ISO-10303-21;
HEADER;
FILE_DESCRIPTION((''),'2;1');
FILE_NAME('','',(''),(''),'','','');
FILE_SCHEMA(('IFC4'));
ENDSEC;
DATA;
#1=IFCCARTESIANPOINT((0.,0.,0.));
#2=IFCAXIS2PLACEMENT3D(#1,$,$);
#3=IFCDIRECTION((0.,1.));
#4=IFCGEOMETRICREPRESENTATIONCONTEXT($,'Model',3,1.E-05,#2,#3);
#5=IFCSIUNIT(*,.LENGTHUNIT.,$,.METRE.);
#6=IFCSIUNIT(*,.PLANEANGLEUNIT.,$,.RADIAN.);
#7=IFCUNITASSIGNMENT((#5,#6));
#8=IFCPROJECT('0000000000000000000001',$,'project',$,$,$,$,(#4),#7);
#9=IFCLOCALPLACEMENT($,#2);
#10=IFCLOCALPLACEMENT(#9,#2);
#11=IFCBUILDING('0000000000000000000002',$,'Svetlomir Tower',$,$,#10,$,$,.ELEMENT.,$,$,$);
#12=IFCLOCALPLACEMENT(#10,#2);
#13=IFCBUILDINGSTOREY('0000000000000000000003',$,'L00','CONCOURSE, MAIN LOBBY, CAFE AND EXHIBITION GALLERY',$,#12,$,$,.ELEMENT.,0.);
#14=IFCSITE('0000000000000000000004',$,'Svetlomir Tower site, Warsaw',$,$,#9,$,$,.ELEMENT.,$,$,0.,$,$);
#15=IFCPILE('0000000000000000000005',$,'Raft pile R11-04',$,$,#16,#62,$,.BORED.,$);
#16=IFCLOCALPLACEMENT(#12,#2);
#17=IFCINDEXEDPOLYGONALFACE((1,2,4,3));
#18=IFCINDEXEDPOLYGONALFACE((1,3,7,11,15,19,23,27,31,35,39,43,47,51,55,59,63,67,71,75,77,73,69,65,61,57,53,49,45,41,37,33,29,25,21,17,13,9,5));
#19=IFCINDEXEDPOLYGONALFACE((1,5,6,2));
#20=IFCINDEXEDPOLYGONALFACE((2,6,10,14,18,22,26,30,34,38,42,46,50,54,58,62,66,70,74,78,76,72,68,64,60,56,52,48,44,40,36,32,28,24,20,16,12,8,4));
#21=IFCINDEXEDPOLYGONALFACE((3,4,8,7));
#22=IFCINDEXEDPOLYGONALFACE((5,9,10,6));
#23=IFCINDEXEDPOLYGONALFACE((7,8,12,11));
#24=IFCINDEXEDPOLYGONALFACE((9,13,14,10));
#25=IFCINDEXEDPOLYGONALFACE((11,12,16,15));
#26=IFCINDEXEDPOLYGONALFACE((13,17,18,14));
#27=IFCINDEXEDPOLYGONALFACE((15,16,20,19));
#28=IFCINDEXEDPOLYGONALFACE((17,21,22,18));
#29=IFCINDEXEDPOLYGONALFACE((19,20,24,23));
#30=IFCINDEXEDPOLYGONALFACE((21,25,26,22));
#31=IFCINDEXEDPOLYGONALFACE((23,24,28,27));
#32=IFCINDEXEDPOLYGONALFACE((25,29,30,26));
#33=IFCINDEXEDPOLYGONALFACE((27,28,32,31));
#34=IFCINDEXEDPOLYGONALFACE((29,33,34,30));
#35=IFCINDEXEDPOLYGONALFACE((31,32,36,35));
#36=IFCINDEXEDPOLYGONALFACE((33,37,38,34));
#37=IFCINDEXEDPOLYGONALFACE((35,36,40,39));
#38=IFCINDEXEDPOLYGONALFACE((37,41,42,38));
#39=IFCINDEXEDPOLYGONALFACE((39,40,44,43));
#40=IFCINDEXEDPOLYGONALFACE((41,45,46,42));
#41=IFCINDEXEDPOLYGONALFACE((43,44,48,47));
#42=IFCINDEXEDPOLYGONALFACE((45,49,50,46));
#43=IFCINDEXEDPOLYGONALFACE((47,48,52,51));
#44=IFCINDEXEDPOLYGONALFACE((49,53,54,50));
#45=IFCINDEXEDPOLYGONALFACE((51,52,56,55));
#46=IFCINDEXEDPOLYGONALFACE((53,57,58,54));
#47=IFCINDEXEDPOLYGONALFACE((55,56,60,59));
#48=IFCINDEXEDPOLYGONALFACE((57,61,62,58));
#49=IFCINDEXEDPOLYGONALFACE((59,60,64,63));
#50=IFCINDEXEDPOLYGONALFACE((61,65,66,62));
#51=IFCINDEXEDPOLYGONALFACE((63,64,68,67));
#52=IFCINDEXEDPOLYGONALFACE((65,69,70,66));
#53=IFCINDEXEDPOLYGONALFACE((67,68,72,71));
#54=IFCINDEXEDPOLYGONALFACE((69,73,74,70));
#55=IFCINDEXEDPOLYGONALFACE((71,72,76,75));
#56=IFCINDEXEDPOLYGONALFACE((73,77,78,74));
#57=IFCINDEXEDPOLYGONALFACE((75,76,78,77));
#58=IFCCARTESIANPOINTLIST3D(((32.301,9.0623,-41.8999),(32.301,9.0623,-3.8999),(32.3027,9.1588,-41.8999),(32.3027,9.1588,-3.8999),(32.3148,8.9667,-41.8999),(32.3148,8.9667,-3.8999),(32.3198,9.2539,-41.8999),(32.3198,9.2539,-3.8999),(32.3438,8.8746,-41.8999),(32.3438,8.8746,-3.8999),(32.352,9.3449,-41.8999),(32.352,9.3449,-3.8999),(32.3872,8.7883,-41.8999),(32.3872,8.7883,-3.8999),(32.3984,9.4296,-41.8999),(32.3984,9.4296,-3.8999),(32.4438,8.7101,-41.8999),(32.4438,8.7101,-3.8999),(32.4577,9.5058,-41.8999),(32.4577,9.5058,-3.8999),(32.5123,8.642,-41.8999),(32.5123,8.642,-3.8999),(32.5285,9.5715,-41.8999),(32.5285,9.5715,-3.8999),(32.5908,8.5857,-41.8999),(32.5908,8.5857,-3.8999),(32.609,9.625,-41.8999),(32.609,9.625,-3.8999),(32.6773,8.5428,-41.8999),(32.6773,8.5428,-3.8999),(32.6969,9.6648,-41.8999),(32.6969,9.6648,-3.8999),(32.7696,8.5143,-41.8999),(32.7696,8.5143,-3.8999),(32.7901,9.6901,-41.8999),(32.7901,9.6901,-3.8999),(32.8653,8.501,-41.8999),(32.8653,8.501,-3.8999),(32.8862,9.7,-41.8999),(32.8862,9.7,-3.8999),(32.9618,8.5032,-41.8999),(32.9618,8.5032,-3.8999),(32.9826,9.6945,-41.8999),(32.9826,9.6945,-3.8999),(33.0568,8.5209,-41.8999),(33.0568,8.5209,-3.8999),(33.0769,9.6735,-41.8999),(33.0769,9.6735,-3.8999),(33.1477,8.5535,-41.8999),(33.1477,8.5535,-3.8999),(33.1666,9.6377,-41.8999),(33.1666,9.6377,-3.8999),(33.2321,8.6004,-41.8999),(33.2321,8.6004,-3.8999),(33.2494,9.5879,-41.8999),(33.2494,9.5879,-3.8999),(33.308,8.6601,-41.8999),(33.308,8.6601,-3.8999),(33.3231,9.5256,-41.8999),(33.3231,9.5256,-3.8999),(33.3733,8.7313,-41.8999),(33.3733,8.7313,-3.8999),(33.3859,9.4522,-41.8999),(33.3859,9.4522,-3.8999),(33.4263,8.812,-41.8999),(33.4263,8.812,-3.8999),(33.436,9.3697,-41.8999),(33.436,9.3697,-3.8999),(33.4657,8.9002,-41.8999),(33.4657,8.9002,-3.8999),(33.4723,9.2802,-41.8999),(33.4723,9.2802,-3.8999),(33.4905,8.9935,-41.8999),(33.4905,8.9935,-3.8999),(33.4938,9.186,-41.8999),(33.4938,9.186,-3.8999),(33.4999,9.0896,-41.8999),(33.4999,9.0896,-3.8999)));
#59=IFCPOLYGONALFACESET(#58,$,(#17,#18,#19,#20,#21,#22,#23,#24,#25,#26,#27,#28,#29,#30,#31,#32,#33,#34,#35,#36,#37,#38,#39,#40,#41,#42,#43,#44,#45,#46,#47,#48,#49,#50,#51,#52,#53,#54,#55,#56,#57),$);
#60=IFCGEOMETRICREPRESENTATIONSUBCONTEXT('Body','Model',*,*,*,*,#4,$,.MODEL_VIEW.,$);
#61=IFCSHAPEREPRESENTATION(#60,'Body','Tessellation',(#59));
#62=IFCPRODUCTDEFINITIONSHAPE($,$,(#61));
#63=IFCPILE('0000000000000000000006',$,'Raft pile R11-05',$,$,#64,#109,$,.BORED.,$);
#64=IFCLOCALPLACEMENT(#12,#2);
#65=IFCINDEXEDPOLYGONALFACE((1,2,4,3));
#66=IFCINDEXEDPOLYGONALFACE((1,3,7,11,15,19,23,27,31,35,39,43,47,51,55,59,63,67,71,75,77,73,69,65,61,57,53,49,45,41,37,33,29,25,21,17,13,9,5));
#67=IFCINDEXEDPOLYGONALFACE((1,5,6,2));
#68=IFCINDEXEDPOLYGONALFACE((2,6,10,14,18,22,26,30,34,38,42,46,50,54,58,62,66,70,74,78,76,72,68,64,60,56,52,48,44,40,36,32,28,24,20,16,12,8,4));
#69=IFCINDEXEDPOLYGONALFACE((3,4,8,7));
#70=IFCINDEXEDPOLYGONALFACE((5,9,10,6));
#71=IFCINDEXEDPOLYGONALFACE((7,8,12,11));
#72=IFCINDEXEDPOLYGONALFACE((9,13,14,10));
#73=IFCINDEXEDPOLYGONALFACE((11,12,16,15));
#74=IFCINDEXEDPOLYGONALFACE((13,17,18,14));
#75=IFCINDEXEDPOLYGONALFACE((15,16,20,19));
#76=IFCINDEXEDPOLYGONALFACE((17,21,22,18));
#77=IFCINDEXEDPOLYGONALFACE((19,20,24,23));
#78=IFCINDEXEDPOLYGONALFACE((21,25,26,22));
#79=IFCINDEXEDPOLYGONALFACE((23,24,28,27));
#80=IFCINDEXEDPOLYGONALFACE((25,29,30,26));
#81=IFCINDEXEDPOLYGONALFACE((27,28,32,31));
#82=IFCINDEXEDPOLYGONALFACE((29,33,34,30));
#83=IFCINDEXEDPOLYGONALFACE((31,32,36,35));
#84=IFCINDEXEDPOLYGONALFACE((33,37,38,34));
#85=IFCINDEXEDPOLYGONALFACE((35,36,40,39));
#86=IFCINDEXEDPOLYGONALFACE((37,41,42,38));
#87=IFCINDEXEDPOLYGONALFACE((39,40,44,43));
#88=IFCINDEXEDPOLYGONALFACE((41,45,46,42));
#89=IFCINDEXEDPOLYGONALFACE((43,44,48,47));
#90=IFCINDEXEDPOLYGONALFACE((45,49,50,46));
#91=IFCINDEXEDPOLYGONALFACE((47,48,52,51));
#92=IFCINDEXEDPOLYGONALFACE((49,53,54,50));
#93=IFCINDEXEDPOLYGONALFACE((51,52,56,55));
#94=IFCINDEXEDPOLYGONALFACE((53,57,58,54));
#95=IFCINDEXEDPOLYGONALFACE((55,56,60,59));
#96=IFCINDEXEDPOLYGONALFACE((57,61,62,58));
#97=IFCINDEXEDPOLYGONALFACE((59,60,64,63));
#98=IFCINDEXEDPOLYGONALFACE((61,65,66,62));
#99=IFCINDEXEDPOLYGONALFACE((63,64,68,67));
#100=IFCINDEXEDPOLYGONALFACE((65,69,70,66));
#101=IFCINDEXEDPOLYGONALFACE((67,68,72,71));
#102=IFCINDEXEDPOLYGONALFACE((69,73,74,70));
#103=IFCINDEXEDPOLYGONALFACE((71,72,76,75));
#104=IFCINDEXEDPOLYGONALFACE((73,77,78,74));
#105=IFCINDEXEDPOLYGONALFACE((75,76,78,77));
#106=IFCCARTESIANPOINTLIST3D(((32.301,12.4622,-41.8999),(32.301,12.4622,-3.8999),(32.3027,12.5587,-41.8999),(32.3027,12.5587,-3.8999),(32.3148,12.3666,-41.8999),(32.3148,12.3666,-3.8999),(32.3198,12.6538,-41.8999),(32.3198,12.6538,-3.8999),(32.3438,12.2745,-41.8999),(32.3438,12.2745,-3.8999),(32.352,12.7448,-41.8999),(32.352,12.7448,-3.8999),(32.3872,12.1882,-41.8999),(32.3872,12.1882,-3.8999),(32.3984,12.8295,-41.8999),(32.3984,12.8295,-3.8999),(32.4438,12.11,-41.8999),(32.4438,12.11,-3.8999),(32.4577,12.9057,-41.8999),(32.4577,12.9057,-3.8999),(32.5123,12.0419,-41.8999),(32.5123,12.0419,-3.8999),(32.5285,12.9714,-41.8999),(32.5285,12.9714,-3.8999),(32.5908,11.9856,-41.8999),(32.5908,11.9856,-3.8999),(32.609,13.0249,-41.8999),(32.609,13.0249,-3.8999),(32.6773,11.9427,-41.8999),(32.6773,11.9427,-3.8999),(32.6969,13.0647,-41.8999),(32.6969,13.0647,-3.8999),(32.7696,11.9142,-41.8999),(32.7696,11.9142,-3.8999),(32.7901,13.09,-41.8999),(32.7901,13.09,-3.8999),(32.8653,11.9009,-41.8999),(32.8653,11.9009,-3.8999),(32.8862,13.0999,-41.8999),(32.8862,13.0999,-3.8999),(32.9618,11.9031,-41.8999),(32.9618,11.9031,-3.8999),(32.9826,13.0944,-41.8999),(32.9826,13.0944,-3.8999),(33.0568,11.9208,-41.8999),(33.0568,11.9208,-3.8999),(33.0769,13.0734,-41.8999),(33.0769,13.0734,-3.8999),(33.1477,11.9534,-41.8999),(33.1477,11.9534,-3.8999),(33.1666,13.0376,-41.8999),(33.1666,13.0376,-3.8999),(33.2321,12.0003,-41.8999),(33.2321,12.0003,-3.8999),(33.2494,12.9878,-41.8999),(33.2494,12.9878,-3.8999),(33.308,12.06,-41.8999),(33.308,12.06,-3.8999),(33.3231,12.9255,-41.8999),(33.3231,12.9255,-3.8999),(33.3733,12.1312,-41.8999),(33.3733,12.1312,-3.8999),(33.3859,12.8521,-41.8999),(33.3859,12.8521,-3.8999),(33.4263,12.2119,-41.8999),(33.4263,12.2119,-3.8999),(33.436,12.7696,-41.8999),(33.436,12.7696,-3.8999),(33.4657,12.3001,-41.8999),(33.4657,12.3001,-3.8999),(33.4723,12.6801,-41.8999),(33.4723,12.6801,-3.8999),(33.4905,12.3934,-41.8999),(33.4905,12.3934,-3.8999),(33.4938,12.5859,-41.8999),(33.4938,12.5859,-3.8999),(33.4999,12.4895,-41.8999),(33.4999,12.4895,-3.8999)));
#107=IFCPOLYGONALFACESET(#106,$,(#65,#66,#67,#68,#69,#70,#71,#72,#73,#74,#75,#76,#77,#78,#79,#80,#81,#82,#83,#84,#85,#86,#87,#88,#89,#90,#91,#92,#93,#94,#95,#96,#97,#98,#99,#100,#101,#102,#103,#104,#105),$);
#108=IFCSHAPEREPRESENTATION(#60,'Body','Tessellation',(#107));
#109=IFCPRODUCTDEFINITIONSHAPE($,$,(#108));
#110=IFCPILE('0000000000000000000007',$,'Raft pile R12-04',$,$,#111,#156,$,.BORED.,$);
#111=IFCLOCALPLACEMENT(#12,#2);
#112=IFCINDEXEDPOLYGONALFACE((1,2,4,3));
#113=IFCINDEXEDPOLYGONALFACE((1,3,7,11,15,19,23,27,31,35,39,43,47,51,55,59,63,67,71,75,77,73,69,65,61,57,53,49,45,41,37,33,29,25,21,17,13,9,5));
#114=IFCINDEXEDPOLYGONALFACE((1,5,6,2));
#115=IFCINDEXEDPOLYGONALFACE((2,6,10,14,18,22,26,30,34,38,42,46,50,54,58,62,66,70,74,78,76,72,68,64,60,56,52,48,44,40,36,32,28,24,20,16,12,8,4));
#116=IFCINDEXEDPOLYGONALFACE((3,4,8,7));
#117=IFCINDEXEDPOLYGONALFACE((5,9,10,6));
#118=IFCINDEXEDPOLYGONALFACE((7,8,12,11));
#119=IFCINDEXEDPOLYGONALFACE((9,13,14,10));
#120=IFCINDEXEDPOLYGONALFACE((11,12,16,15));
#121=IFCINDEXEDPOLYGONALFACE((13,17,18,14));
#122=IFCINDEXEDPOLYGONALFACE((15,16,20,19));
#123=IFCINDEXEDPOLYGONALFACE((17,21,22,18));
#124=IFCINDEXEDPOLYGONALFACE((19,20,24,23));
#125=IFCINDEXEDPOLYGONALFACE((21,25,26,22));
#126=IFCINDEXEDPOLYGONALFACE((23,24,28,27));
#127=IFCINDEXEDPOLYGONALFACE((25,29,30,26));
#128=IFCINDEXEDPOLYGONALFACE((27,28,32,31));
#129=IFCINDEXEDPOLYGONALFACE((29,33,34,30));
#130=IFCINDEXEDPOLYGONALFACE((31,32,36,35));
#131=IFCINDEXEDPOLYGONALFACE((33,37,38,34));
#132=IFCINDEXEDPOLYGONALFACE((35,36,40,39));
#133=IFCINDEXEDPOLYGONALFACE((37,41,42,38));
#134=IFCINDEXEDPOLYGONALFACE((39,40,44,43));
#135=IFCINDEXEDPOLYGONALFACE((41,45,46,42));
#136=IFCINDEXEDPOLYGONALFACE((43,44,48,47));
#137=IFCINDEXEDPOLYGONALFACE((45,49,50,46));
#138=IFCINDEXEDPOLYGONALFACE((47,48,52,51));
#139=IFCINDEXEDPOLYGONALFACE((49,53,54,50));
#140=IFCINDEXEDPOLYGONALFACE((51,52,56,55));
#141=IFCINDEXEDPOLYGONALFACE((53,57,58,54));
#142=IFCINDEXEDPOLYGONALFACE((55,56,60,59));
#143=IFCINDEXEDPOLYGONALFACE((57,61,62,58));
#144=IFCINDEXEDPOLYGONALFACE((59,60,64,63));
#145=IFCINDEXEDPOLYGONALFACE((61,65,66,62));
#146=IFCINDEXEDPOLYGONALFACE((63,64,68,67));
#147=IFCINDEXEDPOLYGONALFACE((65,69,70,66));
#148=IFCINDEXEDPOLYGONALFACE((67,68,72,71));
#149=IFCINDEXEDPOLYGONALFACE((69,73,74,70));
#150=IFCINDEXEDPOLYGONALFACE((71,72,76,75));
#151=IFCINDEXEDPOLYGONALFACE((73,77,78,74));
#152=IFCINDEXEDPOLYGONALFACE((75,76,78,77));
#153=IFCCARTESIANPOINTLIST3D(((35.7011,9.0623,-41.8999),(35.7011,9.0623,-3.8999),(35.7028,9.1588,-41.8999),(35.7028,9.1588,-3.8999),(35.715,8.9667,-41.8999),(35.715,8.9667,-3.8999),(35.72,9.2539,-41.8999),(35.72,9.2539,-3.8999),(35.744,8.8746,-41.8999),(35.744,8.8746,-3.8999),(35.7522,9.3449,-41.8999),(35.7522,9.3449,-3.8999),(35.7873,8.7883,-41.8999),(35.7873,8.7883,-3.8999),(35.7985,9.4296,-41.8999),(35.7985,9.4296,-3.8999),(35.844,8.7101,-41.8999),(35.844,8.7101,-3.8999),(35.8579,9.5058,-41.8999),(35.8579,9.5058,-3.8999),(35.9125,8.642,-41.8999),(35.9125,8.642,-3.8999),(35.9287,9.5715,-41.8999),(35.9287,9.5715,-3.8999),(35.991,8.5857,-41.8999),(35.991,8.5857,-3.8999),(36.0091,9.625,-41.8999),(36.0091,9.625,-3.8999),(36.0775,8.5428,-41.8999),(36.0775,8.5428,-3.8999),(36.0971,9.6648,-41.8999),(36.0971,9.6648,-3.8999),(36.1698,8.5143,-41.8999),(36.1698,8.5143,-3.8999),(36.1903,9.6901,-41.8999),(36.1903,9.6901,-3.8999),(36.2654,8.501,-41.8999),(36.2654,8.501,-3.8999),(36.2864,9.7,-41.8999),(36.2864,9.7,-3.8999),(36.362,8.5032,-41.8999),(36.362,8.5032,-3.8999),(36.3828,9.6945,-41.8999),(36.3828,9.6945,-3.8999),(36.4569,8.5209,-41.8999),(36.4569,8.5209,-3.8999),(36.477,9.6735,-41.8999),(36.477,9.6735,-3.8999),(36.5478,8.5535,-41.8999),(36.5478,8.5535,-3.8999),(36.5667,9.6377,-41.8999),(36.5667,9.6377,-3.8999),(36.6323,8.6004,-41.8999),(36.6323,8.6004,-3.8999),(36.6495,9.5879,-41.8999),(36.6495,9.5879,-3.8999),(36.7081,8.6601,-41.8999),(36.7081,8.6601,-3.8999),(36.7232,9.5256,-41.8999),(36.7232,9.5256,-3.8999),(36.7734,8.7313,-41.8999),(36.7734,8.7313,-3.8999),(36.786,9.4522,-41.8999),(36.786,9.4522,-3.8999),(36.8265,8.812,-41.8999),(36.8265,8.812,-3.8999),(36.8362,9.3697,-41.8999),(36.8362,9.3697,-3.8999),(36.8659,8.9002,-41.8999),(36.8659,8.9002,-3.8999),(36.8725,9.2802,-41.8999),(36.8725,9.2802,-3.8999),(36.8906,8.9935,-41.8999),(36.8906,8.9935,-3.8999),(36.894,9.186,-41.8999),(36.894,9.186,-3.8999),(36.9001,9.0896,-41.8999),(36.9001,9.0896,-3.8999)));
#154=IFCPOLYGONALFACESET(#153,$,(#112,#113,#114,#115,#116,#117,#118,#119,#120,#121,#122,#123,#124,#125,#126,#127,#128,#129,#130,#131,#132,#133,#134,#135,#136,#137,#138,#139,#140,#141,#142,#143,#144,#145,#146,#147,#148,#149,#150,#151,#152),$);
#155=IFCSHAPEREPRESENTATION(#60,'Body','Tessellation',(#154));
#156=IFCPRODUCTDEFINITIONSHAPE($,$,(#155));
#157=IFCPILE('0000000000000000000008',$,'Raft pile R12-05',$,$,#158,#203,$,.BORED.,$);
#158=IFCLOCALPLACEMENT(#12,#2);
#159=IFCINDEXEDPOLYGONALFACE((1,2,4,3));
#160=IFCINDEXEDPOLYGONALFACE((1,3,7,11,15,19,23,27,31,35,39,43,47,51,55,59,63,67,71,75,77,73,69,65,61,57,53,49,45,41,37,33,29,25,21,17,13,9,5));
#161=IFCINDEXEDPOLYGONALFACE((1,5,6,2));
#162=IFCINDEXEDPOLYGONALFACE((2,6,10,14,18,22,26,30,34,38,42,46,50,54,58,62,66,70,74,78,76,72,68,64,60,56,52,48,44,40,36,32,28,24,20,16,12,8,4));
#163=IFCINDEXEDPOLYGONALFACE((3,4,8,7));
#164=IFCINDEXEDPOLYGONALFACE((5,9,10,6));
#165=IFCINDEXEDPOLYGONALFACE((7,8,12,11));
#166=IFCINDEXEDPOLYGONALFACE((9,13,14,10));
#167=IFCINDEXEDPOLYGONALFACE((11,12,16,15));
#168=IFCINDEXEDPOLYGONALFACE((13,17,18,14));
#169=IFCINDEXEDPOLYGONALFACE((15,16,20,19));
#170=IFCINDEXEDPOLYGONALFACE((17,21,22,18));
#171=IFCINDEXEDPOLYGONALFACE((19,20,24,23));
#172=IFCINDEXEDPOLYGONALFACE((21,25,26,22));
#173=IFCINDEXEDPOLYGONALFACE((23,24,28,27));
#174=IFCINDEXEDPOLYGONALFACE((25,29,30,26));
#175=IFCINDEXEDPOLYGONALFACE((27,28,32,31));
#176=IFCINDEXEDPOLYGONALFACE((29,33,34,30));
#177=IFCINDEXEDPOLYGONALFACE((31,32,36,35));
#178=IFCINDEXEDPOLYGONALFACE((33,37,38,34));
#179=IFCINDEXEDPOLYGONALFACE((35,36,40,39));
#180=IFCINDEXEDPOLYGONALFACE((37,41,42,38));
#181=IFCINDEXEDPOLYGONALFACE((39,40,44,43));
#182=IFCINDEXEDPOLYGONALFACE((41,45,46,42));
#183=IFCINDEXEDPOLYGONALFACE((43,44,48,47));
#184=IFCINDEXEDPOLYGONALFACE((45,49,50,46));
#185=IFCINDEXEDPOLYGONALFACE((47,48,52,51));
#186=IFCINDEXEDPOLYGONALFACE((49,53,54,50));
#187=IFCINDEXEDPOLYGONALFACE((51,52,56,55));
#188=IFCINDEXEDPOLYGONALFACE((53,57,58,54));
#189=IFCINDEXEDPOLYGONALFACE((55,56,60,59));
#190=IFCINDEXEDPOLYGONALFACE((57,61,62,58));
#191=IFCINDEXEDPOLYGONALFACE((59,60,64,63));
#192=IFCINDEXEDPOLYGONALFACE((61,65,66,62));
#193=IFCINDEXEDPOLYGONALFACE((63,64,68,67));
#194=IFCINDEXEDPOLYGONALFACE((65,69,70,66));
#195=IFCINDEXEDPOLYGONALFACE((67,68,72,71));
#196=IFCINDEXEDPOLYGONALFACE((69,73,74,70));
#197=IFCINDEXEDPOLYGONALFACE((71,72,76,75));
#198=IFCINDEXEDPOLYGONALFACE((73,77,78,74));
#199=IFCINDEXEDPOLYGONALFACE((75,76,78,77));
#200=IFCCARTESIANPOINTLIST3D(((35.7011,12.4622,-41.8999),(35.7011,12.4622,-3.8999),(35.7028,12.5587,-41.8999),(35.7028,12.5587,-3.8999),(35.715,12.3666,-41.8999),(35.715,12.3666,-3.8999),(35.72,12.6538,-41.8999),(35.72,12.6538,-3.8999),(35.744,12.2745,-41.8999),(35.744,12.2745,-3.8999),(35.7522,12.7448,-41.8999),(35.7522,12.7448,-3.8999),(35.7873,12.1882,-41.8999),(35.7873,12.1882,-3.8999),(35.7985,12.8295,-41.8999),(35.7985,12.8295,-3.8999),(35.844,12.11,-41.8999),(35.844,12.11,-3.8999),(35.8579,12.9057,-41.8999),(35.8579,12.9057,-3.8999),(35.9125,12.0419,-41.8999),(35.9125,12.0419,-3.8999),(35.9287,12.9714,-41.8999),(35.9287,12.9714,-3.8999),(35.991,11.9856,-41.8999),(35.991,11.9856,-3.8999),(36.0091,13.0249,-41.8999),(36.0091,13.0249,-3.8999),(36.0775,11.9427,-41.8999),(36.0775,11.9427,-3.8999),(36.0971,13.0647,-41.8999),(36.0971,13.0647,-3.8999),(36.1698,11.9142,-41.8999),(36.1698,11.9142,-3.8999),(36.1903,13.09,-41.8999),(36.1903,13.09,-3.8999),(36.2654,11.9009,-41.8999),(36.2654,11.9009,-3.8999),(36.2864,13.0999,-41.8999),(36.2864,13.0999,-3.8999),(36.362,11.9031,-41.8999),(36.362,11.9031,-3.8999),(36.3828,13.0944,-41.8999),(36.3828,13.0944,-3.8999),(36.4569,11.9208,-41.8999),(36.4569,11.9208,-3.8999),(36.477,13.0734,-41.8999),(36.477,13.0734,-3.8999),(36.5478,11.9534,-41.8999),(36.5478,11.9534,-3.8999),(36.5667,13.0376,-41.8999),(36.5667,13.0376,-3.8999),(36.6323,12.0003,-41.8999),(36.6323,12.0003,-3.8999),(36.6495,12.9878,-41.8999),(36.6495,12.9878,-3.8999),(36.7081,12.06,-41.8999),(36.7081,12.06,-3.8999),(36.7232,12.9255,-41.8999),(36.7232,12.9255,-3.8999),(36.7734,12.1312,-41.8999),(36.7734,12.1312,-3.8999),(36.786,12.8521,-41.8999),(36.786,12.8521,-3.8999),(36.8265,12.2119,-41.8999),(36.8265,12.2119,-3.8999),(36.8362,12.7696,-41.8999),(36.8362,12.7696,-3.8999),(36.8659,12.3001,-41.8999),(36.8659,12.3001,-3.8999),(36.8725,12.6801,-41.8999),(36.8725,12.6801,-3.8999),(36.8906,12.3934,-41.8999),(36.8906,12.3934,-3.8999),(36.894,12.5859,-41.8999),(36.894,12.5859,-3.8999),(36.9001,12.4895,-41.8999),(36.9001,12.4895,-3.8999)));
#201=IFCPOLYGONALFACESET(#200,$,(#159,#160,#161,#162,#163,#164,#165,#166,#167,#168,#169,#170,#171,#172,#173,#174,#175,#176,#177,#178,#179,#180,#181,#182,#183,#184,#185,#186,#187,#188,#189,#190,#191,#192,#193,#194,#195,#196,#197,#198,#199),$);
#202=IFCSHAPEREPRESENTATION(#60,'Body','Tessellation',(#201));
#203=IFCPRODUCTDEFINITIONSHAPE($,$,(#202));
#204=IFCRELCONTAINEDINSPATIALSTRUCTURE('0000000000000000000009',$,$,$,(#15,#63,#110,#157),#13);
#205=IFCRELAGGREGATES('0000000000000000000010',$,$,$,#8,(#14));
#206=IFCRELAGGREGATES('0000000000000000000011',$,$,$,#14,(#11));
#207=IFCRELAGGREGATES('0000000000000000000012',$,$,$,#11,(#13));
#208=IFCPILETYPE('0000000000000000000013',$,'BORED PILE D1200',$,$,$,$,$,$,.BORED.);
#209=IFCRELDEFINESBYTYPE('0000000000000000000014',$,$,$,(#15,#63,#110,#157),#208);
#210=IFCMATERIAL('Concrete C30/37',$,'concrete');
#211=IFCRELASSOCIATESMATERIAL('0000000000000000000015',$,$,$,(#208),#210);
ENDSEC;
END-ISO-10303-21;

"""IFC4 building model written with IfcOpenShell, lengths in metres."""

from ifc_helpers import new_model, si_unit, direction, frame, frame_2d, origin, origin_2d, place, context, subcontext, project, spatial, circle, extrude, material, material_profile, profile_set, type_object, element, save


model = new_model("IFC4")

# Units and contexts
model_context = context("Model", 3, precision=1e-05, world=origin(), true_north=direction((0.0, 1.0)))
body_context = subcontext(model_context, "Body", "Model", "MODEL_VIEW")
ifc_project = project(units=[si_unit("LENGTHUNIT", "METRE"), si_unit("PLANEANGLEUNIT", "RADIAN")], contexts=[model_context])

# Site, building, storey
site_placement = place(None, origin())
site = spatial("IfcSite", under=ifc_project, at=site_placement, Name="Svetlomir Tower site, Warsaw", CompositionType="ELEMENT", RefElevation=0.0)
building_placement = place(site_placement, origin())
building = spatial("IfcBuilding", under=site, at=building_placement, Name="Svetlomir Tower", CompositionType="ELEMENT")
storey_placement = place(building_placement, origin())
storey = spatial("IfcBuildingStorey", under=building, at=storey_placement, Name="L00", Description="CONCOURSE, MAIN LOBBY, CAFE AND EXHIBITION GALLERY", CompositionType="ELEMENT", Elevation=0.0)

# Piles
ifc_material_1 = material(Name="Concrete C30/37", Category="concrete")
ifc_material_profile_1 = material_profile(ifc_material_1, circle(Radius=0.6001, at=origin_2d()), Name="D1200")
ifc_profile_set_1 = profile_set([ifc_material_profile_1], Name="Concrete C30/37")
pile_type = type_object("IfcPileType", Name="BORED PILE D1200", PredefinedType="BORED", material=ifc_profile_set_1)
for number, where, z_axis, x_axis, name in (
    (1, (32.8999, 9.1001, -3.8999), (0.0, 0.0, -1.0), (1.0, 0.0, 0.0), "Raft pile R11-04"),
    (2, (32.8999, 12.5, -3.8999), (0.0, 0.0, -1.0), (1.0, 0.0, 0.0), "Raft pile R11-05"),
    (3, (36.3, 9.1001, -3.8999), (0.0, 0.0, -1.0), (1.0, 0.0, 0.0), "Raft pile R12-04"),
    (4, (36.3, 12.5, -3.8999), (0.0, 0.0, -1.0), (1.0, 0.0, 0.0), "Raft pile R12-05"),
):
    element("IfcPile", number, at=place(storey_placement, frame(where, z_axis=z_axis, x_axis=x_axis)), inside=storey, type_object=pile_type, Name=name, PredefinedType="BORED", context=body_context, shape_type="SweptSolid", body=[
        extrude(circle(Radius=0.6001, at=frame_2d((0.0, 0.0), x_axis=(0.999848, 0.017452))), origin(), (0.0, 0.0, 1.0), 38.0),
    ])

save(model, "model.ifc")
